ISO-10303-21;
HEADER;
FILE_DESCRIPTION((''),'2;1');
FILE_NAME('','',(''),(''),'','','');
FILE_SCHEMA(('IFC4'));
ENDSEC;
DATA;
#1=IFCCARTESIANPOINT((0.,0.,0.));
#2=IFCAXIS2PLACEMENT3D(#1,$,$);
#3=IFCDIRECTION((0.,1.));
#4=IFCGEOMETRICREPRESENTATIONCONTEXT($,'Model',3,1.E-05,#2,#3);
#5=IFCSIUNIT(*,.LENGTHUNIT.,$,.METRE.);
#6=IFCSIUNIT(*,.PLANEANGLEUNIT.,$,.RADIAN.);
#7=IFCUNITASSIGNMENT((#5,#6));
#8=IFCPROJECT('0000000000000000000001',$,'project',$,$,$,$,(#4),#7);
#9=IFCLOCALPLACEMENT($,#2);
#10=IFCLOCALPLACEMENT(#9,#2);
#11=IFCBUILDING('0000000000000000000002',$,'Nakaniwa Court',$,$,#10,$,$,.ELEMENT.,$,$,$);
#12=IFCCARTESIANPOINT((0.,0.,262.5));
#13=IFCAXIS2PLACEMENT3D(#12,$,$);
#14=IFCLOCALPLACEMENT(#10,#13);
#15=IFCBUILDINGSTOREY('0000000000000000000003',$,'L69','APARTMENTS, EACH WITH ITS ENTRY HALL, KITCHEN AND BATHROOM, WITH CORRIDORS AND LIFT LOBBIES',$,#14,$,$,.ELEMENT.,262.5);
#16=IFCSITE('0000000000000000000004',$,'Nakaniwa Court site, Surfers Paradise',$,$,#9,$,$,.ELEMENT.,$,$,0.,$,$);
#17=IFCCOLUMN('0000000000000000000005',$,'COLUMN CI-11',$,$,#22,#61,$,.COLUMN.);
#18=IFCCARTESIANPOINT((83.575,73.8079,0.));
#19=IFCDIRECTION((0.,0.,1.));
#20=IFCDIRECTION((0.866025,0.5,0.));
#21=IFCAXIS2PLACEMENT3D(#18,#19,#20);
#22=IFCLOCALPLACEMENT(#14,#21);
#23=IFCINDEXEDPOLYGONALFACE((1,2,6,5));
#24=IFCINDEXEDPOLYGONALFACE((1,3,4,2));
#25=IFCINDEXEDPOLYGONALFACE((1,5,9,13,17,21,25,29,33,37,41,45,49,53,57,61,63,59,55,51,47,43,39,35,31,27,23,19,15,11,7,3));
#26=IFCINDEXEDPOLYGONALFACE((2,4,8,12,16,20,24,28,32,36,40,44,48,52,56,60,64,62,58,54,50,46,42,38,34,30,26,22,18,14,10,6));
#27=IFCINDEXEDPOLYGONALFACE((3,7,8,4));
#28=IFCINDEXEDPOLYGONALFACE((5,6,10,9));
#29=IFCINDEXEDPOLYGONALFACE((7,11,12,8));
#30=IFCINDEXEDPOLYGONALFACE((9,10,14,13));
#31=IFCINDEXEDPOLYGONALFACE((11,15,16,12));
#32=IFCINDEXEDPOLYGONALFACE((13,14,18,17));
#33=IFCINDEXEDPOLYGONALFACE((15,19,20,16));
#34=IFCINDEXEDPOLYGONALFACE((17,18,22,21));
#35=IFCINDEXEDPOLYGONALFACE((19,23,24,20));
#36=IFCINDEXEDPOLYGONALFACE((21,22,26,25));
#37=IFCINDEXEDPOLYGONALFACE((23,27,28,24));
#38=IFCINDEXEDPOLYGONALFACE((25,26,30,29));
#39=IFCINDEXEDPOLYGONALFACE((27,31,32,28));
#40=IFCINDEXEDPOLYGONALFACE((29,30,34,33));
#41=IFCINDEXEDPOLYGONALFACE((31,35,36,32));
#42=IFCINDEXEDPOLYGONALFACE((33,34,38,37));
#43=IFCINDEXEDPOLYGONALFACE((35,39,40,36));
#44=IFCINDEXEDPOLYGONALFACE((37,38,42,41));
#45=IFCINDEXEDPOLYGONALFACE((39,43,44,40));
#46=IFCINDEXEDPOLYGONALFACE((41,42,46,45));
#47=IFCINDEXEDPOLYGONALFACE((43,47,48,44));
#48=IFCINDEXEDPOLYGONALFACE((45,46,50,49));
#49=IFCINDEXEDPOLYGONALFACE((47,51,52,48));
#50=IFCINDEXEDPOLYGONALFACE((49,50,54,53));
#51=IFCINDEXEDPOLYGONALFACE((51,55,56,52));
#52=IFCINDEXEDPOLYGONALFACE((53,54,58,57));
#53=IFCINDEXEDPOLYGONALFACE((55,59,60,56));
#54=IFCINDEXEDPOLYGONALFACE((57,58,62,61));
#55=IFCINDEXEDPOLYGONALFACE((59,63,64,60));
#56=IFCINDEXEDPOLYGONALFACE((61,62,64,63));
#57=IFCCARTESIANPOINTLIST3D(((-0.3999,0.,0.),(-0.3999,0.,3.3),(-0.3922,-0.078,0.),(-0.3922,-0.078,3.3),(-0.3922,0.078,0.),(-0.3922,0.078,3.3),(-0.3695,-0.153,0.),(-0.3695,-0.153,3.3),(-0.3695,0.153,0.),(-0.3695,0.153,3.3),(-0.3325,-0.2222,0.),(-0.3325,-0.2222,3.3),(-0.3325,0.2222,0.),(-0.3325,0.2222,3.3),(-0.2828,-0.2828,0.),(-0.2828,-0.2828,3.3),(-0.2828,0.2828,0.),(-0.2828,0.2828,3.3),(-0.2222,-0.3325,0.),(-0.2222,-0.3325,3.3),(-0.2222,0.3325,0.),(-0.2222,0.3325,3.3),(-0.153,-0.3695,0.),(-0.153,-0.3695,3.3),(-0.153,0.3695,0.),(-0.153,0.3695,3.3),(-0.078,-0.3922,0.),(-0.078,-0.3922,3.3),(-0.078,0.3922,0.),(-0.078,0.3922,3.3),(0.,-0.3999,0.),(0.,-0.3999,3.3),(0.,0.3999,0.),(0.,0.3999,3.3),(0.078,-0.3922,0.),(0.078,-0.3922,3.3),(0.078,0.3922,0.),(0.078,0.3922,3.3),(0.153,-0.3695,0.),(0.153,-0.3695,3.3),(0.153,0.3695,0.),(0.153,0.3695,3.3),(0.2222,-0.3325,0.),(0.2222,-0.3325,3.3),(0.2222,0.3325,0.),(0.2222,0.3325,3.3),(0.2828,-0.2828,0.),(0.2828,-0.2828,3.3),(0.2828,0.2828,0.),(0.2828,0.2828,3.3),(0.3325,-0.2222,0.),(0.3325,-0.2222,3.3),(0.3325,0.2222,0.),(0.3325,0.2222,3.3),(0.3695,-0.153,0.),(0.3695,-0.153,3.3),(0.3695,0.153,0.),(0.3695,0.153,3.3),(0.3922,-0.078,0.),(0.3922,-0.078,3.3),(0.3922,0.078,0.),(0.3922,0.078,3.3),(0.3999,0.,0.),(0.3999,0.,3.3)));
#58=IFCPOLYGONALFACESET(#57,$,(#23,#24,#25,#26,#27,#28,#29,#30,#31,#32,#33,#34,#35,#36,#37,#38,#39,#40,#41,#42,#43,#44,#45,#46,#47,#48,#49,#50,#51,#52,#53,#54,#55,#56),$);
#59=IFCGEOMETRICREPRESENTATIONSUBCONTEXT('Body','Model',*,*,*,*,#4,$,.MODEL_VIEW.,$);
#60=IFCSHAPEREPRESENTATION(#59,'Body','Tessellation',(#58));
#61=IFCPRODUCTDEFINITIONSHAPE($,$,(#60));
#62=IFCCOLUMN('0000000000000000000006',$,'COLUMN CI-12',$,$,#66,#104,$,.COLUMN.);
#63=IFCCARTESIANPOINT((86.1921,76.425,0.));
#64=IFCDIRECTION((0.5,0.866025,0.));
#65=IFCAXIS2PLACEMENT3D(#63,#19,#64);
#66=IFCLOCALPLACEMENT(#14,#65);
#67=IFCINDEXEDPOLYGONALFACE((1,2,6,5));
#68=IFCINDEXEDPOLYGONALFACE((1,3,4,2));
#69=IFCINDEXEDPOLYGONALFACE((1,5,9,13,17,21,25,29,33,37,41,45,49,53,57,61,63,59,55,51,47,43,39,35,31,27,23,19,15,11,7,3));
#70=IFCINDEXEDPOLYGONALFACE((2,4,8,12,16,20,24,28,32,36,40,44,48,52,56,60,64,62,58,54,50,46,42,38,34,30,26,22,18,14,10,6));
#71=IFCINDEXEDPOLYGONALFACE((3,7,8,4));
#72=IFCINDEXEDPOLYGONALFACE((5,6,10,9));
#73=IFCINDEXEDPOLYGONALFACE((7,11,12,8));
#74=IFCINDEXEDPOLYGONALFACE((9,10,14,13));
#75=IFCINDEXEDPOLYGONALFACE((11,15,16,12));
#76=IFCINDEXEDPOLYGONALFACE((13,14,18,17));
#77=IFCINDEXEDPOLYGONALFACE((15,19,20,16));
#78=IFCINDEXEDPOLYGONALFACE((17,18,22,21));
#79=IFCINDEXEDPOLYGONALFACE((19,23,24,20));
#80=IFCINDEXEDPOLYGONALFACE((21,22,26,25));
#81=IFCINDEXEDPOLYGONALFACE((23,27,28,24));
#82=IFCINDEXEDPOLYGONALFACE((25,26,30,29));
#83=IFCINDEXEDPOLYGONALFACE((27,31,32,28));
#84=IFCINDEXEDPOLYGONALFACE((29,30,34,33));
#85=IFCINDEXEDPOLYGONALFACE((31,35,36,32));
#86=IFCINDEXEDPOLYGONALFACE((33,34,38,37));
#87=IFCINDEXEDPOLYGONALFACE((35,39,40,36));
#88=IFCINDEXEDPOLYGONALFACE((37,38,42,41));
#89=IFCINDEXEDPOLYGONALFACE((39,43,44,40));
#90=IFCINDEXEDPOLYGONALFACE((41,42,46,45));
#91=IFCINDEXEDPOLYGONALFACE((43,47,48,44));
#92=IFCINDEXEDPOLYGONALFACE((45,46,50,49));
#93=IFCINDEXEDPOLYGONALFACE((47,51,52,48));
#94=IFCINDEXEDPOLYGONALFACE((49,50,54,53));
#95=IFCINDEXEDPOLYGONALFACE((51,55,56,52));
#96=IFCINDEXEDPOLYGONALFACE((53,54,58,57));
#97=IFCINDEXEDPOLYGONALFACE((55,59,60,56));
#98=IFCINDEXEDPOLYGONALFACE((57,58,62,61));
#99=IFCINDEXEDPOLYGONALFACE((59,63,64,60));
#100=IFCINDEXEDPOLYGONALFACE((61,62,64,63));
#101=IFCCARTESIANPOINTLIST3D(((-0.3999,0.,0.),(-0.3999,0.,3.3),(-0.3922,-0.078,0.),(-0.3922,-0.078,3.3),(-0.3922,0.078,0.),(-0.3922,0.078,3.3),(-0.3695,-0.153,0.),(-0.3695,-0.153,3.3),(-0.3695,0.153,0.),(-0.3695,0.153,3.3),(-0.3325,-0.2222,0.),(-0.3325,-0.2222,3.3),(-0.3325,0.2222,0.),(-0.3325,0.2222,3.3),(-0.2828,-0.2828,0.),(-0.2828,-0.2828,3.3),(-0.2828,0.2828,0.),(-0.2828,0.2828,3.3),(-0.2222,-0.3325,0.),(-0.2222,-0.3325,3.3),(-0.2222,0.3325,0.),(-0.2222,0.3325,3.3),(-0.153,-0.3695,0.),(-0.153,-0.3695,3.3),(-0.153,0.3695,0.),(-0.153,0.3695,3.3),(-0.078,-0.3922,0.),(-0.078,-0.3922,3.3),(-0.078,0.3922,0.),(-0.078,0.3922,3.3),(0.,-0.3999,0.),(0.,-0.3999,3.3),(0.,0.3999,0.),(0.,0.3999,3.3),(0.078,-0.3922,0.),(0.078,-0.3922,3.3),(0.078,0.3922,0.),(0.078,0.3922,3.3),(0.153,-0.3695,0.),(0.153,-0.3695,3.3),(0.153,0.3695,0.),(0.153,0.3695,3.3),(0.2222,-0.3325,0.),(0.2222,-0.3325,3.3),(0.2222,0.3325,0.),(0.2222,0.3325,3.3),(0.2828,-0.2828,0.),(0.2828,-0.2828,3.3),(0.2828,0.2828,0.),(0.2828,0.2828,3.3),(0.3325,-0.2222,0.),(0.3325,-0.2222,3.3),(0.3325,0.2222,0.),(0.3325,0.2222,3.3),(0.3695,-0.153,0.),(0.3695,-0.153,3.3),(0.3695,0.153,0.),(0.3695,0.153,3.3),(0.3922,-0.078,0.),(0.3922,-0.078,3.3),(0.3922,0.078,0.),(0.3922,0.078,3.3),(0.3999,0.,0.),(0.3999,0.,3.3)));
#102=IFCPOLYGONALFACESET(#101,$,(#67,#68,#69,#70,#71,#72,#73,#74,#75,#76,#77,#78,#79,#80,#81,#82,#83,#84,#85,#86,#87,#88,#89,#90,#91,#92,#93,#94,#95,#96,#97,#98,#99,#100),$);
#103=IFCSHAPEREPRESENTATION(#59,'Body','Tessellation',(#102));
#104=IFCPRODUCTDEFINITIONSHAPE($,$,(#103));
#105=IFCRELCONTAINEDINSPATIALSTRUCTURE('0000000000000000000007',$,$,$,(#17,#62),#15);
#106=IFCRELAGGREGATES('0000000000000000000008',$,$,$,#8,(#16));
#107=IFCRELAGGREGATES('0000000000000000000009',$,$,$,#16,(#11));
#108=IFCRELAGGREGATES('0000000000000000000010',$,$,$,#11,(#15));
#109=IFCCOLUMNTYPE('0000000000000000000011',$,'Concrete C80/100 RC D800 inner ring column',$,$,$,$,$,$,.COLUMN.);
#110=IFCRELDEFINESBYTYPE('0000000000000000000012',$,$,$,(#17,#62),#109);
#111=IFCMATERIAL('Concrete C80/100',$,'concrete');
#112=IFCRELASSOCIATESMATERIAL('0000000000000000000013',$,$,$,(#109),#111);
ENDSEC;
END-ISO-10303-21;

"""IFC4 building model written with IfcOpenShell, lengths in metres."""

from ifc_helpers import new_model, si_unit, direction, frame, origin, origin_2d, place, context, subcontext, project, spatial, circle, extrude, material, material_profile, profile_set, type_object, element, save


model = new_model("IFC4")

# Units and contexts
model_context = context("Model", 3, precision=1e-05, world=origin(), true_north=direction((0.0, 1.0)))
body_context = subcontext(model_context, "Body", "Model", "MODEL_VIEW")
ifc_project = project(units=[si_unit("LENGTHUNIT", "METRE"), si_unit("PLANEANGLEUNIT", "RADIAN")], contexts=[model_context])

# Site, building, storey
site_placement = place(None, origin())
site = spatial("IfcSite", under=ifc_project, at=site_placement, Name="Nakaniwa Court site, Surfers Paradise", CompositionType="ELEMENT", RefElevation=0.0)
building_placement = place(site_placement, origin())
building = spatial("IfcBuilding", under=site, at=building_placement, Name="Nakaniwa Court", CompositionType="ELEMENT")
storey_placement = place(building_placement, frame((0.0, 0.0, 262.5)))
storey = spatial("IfcBuildingStorey", under=building, at=storey_placement, Name="L69", Description="APARTMENTS, EACH WITH ITS ENTRY HALL, KITCHEN AND BATHROOM, WITH CORRIDORS AND LIFT LOBBIES", CompositionType="ELEMENT", Elevation=262.5)

# Columns
ifc_material_1 = material(Name="Concrete C80/100", Category="concrete")
ifc_material_profile_1 = material_profile(ifc_material_1, circle(Radius=0.3999, at=origin_2d()), Name="Concrete C80/100 RC D800 inner ring column")
ifc_profile_set_1 = profile_set([ifc_material_profile_1], Name="Concrete C80/100")
column_type = type_object("IfcColumnType", Name="Concrete C80/100 RC D800 inner ring column", PredefinedType="COLUMN", material=ifc_profile_set_1)
for number, where, z_axis, x_axis, name in (
    (1, (83.575, 73.8079, 0.0), (0.0, 0.0, 1.0), (0.866025, 0.5, 0.0), "COLUMN CI-11"),
    (2, (86.1921, 76.425, 0.0), (0.0, 0.0, 1.0), (0.5, 0.866025, 0.0), "COLUMN CI-12"),
):
    element("IfcColumn", number, at=place(storey_placement, frame(where, z_axis=z_axis, x_axis=x_axis)), inside=storey, type_object=column_type, Name=name, PredefinedType="COLUMN", context=body_context, shape_type="SweptSolid", body=[
        extrude(circle(Radius=0.3999, at=origin_2d()), origin(), (0.0, 0.0, 1.0), 3.3),
    ])

save(model, "model.ifc")
